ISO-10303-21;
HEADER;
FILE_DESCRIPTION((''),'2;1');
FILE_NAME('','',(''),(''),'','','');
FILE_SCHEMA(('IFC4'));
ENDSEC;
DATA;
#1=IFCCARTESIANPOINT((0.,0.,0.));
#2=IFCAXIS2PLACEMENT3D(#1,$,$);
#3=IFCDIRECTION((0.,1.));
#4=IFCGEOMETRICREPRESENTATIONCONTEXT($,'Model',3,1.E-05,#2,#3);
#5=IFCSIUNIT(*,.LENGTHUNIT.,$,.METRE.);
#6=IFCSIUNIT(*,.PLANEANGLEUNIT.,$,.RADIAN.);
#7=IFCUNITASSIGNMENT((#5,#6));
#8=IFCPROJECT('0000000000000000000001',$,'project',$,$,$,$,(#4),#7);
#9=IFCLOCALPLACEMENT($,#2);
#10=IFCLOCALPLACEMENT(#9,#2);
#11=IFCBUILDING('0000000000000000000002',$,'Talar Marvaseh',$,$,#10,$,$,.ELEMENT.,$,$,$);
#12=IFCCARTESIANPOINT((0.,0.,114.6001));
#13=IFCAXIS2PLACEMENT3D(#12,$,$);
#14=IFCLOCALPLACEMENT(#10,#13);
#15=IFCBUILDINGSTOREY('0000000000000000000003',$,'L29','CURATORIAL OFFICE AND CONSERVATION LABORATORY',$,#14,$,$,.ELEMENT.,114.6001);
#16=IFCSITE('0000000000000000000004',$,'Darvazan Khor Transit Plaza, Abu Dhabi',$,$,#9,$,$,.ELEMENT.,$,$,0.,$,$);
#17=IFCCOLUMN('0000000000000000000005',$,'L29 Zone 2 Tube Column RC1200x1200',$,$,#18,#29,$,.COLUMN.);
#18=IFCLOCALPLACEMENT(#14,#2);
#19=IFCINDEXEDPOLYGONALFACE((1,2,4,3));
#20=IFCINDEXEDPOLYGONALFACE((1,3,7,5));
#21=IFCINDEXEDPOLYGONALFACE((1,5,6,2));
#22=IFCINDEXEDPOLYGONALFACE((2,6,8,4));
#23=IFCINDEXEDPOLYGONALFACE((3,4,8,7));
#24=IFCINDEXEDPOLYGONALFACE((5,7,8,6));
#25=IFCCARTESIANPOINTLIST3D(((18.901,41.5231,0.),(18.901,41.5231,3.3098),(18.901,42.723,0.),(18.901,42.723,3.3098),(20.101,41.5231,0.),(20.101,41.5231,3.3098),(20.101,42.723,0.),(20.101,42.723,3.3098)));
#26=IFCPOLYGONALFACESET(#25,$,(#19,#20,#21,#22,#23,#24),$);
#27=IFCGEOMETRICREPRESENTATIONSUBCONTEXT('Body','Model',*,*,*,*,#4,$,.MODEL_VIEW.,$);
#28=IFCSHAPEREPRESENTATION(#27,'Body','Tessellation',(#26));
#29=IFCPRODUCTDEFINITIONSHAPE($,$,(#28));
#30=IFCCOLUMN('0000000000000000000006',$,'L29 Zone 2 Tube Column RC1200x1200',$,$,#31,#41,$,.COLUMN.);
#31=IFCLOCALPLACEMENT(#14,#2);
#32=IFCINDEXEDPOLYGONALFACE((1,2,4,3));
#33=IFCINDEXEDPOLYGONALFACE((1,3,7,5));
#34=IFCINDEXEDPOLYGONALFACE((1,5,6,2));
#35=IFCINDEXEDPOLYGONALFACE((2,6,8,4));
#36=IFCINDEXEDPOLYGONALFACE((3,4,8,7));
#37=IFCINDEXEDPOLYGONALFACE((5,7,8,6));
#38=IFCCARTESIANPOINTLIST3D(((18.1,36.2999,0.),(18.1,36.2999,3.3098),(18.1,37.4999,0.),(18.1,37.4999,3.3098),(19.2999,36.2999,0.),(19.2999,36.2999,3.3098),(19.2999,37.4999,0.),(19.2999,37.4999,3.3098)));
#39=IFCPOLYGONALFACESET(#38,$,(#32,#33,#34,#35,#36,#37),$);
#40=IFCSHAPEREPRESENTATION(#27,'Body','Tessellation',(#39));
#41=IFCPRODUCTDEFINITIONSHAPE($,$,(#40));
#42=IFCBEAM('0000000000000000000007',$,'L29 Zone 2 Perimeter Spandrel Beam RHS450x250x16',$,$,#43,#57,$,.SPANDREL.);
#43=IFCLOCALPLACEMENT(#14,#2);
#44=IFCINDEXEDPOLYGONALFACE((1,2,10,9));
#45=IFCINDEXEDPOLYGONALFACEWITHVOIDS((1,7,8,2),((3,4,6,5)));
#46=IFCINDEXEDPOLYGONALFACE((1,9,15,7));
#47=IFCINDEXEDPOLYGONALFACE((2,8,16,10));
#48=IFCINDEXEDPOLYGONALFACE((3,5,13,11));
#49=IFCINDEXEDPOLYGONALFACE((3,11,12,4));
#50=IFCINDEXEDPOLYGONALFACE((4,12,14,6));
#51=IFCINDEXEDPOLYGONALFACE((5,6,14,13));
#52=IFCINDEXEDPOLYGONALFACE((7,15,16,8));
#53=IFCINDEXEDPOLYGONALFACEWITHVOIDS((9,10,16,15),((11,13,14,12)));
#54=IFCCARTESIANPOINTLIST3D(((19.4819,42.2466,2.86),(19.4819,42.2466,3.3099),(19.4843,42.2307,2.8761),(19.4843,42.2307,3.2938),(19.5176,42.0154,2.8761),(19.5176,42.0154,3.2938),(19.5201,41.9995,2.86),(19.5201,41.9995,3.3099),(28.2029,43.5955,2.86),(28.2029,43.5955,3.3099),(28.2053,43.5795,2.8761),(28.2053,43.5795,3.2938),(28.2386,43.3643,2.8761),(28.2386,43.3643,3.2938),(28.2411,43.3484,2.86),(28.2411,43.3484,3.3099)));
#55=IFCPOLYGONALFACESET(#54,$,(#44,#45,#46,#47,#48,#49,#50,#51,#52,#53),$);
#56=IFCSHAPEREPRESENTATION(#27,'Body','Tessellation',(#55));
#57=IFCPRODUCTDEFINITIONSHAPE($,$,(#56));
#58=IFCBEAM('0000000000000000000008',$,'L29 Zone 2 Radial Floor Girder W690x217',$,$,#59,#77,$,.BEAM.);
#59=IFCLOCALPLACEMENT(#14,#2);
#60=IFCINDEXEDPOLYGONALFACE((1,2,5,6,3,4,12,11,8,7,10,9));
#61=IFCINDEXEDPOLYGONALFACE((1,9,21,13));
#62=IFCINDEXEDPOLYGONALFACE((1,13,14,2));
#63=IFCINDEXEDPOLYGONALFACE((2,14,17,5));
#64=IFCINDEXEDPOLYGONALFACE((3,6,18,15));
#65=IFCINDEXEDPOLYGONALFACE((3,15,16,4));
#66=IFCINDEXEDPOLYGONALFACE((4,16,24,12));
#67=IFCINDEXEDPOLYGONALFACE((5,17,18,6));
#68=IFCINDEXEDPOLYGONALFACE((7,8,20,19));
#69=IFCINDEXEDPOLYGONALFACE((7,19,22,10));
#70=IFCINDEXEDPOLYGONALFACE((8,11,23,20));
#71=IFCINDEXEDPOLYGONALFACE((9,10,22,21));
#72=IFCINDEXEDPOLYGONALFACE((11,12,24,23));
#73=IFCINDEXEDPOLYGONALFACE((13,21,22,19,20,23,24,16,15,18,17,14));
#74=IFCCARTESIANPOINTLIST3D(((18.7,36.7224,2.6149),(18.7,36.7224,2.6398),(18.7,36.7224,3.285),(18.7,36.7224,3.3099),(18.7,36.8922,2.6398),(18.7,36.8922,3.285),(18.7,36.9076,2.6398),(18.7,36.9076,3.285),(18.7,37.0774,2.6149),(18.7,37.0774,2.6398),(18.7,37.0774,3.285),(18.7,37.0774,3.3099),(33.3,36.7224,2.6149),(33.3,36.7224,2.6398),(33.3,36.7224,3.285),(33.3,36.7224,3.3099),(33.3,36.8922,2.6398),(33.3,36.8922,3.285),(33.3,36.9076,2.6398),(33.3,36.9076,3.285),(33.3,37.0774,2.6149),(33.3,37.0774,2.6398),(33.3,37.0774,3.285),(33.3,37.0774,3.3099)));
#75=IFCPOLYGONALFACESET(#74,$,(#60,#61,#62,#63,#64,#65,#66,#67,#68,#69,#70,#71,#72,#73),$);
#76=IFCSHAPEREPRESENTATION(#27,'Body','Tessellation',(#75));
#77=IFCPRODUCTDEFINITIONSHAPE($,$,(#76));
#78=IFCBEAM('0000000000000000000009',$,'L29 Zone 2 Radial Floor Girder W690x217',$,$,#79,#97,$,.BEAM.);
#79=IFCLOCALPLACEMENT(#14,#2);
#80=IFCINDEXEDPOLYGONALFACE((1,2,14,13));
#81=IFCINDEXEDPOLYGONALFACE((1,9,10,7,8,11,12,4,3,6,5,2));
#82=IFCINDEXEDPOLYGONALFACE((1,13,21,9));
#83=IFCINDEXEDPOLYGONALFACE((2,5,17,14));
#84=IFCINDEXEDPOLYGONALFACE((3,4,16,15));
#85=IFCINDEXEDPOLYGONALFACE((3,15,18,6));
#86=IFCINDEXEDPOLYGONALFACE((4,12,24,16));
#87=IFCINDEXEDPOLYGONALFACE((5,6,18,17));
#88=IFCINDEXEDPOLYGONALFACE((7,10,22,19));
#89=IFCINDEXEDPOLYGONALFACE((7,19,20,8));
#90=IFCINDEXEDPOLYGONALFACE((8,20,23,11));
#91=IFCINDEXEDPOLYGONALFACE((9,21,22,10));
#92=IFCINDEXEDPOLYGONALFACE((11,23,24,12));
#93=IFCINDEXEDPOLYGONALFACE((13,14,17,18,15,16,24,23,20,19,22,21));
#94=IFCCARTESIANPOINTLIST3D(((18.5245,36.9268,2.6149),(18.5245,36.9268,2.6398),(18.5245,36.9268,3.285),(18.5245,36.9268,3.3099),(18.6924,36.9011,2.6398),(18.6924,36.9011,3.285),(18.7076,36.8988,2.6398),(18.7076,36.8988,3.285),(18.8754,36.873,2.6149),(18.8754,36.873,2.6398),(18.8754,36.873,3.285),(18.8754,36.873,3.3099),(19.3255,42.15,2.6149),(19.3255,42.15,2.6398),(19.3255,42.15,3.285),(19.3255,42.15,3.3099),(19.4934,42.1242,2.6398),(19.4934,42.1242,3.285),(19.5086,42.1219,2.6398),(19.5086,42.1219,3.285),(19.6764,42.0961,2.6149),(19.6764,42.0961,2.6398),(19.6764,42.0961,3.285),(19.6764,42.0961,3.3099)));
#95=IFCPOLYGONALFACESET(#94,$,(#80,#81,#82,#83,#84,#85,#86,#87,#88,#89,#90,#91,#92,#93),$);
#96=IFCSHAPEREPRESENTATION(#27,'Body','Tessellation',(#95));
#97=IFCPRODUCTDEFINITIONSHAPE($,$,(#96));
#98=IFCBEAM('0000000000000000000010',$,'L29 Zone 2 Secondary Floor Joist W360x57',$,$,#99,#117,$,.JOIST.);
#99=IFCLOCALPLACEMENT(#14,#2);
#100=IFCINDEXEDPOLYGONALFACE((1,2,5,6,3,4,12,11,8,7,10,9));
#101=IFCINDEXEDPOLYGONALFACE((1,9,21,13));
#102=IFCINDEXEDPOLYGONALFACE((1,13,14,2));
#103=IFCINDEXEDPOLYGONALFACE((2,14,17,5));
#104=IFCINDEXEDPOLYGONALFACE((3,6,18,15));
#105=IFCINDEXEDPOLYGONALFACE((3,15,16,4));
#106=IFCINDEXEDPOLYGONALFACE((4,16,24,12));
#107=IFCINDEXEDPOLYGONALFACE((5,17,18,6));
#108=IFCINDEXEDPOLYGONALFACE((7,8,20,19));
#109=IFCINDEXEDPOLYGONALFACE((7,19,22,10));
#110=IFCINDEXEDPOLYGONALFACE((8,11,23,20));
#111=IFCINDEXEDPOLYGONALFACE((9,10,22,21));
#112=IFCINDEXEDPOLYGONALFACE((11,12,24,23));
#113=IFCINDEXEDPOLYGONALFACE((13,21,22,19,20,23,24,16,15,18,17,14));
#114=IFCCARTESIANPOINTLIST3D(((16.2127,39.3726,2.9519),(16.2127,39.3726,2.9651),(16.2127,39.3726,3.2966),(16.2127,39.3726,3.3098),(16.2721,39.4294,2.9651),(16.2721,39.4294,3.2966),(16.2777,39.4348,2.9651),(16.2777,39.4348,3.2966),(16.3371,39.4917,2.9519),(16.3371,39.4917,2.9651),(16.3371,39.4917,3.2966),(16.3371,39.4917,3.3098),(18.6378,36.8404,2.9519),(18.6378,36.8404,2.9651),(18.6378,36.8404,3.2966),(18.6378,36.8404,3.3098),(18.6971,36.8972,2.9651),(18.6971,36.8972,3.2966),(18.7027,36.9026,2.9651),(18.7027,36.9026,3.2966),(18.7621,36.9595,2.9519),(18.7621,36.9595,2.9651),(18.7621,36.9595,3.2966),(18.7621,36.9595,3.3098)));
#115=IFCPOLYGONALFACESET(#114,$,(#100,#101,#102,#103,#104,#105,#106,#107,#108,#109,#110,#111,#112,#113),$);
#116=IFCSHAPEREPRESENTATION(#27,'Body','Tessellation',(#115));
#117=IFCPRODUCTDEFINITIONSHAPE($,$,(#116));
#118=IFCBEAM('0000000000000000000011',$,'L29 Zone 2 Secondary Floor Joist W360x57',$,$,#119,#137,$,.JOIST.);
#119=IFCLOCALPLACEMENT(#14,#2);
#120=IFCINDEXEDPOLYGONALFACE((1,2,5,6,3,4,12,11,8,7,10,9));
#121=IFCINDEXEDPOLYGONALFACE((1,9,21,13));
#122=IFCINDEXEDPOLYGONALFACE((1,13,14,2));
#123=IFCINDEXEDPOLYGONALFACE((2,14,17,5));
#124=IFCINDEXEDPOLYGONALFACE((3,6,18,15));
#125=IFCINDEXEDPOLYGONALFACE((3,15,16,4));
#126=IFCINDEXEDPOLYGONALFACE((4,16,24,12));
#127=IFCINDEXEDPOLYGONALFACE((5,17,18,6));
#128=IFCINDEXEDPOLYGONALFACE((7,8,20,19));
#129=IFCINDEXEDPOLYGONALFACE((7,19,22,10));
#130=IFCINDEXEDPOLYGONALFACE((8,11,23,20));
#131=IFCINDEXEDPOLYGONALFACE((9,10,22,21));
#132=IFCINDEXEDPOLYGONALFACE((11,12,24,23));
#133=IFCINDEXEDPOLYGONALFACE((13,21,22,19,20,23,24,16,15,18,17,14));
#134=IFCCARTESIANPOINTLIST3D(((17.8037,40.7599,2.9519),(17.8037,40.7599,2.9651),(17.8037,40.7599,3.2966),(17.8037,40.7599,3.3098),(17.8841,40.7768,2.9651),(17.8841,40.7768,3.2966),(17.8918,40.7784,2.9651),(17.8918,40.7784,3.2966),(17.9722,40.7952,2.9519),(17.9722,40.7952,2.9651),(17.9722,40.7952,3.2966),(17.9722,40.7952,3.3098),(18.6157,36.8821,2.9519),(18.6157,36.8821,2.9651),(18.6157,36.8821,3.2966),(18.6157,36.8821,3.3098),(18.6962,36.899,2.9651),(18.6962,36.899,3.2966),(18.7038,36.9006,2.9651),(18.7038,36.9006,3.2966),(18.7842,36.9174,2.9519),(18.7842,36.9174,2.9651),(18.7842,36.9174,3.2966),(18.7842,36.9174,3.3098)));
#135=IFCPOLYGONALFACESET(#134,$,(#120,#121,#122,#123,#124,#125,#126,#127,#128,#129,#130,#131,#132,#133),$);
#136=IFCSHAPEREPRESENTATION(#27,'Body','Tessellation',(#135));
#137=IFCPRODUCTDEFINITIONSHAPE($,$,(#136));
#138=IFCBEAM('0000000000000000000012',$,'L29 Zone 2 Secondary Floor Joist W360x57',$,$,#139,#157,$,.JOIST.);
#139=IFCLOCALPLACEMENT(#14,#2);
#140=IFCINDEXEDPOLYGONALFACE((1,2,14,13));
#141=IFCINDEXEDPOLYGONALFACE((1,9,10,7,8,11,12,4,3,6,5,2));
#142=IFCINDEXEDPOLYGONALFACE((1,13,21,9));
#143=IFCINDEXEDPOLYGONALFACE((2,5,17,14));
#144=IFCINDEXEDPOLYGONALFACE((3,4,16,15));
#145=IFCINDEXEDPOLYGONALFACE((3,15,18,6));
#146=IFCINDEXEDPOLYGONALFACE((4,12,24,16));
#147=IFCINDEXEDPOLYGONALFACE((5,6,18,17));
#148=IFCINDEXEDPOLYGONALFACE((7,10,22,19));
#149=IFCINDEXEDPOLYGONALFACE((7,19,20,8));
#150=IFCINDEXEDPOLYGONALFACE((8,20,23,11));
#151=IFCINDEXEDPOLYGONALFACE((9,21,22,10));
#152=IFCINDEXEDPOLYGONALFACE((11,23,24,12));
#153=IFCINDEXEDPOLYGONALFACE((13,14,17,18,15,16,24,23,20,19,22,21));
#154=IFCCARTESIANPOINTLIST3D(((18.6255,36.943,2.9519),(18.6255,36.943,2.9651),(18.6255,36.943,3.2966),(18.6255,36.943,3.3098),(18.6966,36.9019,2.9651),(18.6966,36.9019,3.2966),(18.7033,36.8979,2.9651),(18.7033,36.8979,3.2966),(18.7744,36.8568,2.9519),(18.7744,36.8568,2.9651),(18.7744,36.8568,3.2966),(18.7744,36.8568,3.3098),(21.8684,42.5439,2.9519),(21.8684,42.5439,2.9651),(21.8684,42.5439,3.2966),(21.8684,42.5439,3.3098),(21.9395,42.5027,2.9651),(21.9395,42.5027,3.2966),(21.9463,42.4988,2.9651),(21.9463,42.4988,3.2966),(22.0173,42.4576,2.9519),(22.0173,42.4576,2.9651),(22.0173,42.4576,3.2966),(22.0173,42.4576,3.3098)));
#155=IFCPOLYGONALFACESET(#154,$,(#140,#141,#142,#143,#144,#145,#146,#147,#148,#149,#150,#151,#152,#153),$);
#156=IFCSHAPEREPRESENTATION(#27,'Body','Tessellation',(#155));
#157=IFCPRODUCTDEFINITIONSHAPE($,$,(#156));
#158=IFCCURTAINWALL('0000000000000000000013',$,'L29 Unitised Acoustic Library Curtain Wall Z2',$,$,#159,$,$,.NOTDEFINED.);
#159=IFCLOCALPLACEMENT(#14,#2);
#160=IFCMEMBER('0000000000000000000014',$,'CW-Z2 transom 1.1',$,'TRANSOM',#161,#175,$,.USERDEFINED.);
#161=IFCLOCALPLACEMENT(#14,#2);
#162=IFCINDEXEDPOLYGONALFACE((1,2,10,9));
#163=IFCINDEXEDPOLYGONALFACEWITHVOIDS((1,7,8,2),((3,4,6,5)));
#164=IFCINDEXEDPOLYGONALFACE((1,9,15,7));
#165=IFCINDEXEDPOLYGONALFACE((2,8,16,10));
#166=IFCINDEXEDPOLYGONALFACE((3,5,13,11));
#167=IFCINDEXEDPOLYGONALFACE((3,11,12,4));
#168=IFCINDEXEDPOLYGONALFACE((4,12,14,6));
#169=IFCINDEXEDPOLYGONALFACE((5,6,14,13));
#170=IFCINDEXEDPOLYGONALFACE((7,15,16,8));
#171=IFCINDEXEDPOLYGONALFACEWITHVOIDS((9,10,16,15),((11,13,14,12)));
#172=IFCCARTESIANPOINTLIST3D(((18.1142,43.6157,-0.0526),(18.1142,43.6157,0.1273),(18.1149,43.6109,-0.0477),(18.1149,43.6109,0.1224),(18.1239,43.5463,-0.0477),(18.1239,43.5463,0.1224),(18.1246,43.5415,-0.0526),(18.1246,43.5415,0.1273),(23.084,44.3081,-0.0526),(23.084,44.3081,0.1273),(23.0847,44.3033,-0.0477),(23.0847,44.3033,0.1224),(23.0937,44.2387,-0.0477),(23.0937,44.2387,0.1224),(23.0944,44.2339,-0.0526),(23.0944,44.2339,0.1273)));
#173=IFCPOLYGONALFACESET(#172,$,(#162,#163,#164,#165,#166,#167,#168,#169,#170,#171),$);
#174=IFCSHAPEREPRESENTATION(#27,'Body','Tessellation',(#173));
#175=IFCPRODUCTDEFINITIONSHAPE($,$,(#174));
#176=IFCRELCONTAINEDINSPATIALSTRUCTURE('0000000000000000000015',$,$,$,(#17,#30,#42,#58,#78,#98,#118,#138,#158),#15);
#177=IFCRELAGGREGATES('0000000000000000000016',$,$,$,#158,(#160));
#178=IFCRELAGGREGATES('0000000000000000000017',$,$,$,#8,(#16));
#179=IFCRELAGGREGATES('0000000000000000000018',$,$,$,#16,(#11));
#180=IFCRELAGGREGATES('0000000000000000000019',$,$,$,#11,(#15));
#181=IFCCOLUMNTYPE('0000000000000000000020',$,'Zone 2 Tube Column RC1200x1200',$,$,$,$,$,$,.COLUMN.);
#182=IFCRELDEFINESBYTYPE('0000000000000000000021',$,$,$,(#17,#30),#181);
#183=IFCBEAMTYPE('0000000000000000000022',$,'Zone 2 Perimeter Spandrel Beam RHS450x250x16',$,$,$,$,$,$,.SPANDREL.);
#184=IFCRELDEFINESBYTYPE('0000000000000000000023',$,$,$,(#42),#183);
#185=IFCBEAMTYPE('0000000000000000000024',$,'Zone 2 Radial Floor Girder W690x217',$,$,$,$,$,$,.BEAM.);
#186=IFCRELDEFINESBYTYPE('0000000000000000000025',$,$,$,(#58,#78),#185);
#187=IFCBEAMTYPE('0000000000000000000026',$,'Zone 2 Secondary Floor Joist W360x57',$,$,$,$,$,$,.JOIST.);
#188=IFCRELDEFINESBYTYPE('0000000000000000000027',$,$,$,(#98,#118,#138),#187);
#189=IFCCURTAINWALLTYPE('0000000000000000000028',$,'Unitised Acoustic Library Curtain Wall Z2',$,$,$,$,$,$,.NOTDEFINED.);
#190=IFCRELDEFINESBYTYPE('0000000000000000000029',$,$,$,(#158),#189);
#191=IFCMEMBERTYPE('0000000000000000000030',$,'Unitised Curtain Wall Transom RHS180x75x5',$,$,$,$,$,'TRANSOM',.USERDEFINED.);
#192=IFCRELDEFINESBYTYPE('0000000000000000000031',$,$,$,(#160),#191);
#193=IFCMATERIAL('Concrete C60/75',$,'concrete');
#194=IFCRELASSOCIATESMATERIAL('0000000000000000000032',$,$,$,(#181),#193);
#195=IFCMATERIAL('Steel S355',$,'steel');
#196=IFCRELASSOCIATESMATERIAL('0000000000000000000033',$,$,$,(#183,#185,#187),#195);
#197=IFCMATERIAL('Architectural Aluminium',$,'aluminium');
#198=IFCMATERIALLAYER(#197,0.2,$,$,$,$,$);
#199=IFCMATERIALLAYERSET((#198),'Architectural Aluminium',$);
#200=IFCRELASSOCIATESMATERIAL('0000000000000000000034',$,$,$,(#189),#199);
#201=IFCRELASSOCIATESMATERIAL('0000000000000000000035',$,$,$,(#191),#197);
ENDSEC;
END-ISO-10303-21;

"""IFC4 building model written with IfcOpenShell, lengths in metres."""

from ifc_helpers import new_model, si_unit, direction, frame, origin, origin_2d, place, context, subcontext, project, spatial, rectangle, hollow_rectangle, i_section, extrude, source, transform, mapped, material, layer, layer_set, material_profile, profile_set, type_object, type_shapes, element, aggregate, save


model = new_model("IFC4")

# Units and contexts
model_context = context("Model", 3, precision=1e-05, world=origin(), true_north=direction((0.0, 1.0)))
body_context = subcontext(model_context, "Body", "Model", "MODEL_VIEW")
ifc_project = project(units=[si_unit("LENGTHUNIT", "METRE"), si_unit("PLANEANGLEUNIT", "RADIAN")], contexts=[model_context])

# Site, building, storey
site_placement = place(None, origin())
site = spatial("IfcSite", under=ifc_project, at=site_placement, Name="Darvazan Khor Transit Plaza, Abu Dhabi", CompositionType="ELEMENT", RefElevation=0.0)
building_placement = place(site_placement, origin())
building = spatial("IfcBuilding", under=site, at=building_placement, Name="Talar Marvaseh", CompositionType="ELEMENT")
storey_placement = place(building_placement, frame((0.0, 0.0, 114.6001)))
storey = spatial("IfcBuildingStorey", under=building, at=storey_placement, Name="L29", Description="CURATORIAL OFFICE AND CONSERVATION LABORATORY", CompositionType="ELEMENT", Elevation=114.6001)

# Columns
ifc_material_1 = material(Name="Concrete C60/75", Category="concrete")
ifc_material_profile_1 = material_profile(ifc_material_1, rectangle(XDim=1.2, YDim=1.2, at=origin_2d()), Name="RC1200x1200")
ifc_profile_set_1 = profile_set([ifc_material_profile_1], Name="Concrete C60/75")
column_type = type_object("IfcColumnType", Name="Zone 2 Tube Column RC1200x1200", PredefinedType="COLUMN", material=ifc_profile_set_1)
for number, where, z_axis, x_axis, name in (
    (1, (19.501, 42.123, 0.0), (0.0, 0.0, 1.0), (1.0, 0.0, 0.0), "L29 Zone 2 Tube Column RC1200x1200"),
    (2, (18.7, 36.8999, 0.0), (0.0, 0.0, 1.0), (1.0, 0.0, 0.0), "L29 Zone 2 Tube Column RC1200x1200"),
):
    element("IfcColumn", number, at=place(storey_placement, frame(where, z_axis=z_axis, x_axis=x_axis)), inside=storey, type_object=column_type, Name=name, PredefinedType="COLUMN", context=body_context, shape_type="SweptSolid", body=[
        extrude(rectangle(XDim=1.2, YDim=1.2, at=origin_2d()), origin(), (0.0, 0.0, 1.0), 3.3098),
    ])

# Beams
ifc_material_2 = material(Name="Steel S355", Category="steel")
ifc_material_profile_2 = material_profile(ifc_material_2, hollow_rectangle(XDim=0.25, YDim=0.45, WallThickness=0.0161, at=origin_2d()), Name="RHS450x250x16")
ifc_profile_set_2 = profile_set([ifc_material_profile_2], Name="Steel S355")
beam_type_1 = type_object("IfcBeamType", Name="Zone 2 Perimeter Spandrel Beam RHS450x250x16", PredefinedType="SPANDREL", material=ifc_profile_set_2)
beam_1_placement = place(storey_placement, frame((19.501, 42.123, 3.085), z_axis=(0.988249, 0.152853, 0.0), x_axis=(-0.152853, 0.988249, 0.0)))
element("IfcBeam", 3, at=beam_1_placement, inside=storey, type_object=beam_type_1, Name="L29 Zone 2 Perimeter Spandrel Beam RHS450x250x16", PredefinedType="SPANDREL", context=body_context, shape_type="SweptSolid", body=[
    extrude(hollow_rectangle(XDim=0.25, YDim=0.45, WallThickness=0.0161, at=origin_2d()), origin(), (0.0, 0.0, 1.0), 8.8247),
])
ifc_material_profile_3 = material_profile(ifc_material_2, i_section(OverallWidth=0.355, OverallDepth=0.6951, WebThickness=0.0154, FlangeThickness=0.0249, at=origin_2d()), Name="W690x217")
ifc_profile_set_3 = profile_set([ifc_material_profile_3], Name="Steel S355")
beam_type_2 = type_object("IfcBeamType", Name="Zone 2 Radial Floor Girder W690x217", PredefinedType="BEAM", material=ifc_profile_set_3)
beam_2_placement = place(storey_placement, frame((18.7, 36.8999, 2.9624), z_axis=(1.0, 0.0, 0.0), x_axis=(0.0, 1.0, 0.0)))
element("IfcBeam", 4, at=beam_2_placement, inside=storey, type_object=beam_type_2, Name="L29 Zone 2 Radial Floor Girder W690x217", PredefinedType="BEAM", context=body_context, shape_type="SweptSolid", body=[
    extrude(i_section(OverallWidth=0.355, OverallDepth=0.6951, WebThickness=0.0154, FlangeThickness=0.0249, at=origin_2d()), origin(), (0.0, 0.0, 1.0), 14.6001),
])
beam_3_placement = place(storey_placement, frame((19.501, 42.123, 2.9624), z_axis=(-0.151588, -0.988444, 0.0), x_axis=(0.988444, -0.151588, 0.0)))
element("IfcBeam", 5, at=beam_3_placement, inside=storey, type_object=beam_type_2, Name="L29 Zone 2 Radial Floor Girder W690x217", PredefinedType="BEAM", context=body_context, shape_type="SweptSolid", body=[
    extrude(i_section(OverallWidth=0.355, OverallDepth=0.6951, WebThickness=0.0154, FlangeThickness=0.0249, at=origin_2d()), origin(), (0.0, 0.0, 1.0), 5.2842),
])
ifc_material_profile_4 = material_profile(ifc_material_2, i_section(OverallWidth=0.1721, OverallDepth=0.3579, WebThickness=0.0078, FlangeThickness=0.0132, at=origin_2d()), Name="W360x57")
ifc_profile_set_4 = profile_set([ifc_material_profile_4], Name="Steel S355")
beam_type_3 = type_object("IfcBeamType", Name="Zone 2 Secondary Floor Joist W360x57", PredefinedType="JOIST", material=ifc_profile_set_4)
beam_4_placement = place(storey_placement, frame((16.2749, 39.4321, 3.1309), z_axis=(0.691657, -0.722226, 0.0), x_axis=(0.722226, 0.691657, 0.0)))
element("IfcBeam", 6, at=beam_4_placement, inside=storey, type_object=beam_type_3, Name="L29 Zone 2 Secondary Floor Joist W360x57", PredefinedType="JOIST", context=body_context, shape_type="SweptSolid", body=[
    extrude(i_section(OverallWidth=0.1721, OverallDepth=0.3579, WebThickness=0.0078, FlangeThickness=0.0132, at=origin_2d()), origin(), (0.0, 0.0, 1.0), 3.5061),
])
beam_5_placement = place(storey_placement, frame((17.8879, 40.7776, 3.1309), z_axis=(0.204961, -0.97877, 0.0), x_axis=(0.97877, 0.204961, 0.0)))
element("IfcBeam", 7, at=beam_5_placement, inside=storey, type_object=beam_type_3, Name="L29 Zone 2 Secondary Floor Joist W360x57", PredefinedType="JOIST", context=body_context, shape_type="SweptSolid", body=[
    extrude(i_section(OverallWidth=0.1721, OverallDepth=0.3579, WebThickness=0.0078, FlangeThickness=0.0132, at=origin_2d()), origin(), (0.0, 0.0, 1.0), 3.9619),
])
beam_6_placement = place(storey_placement, frame((21.9429, 42.5007, 3.1309), z_axis=(-0.501075, -0.865404, 0.0), x_axis=(0.865404, -0.501075, 0.0)))
element("IfcBeam", 8, at=beam_6_placement, inside=storey, type_object=beam_type_3, Name="L29 Zone 2 Secondary Floor Joist W360x57", PredefinedType="JOIST", context=body_context, shape_type="SweptSolid", body=[
    extrude(i_section(OverallWidth=0.1721, OverallDepth=0.3579, WebThickness=0.0078, FlangeThickness=0.0132, at=origin_2d()), origin(), (0.0, 0.0, 1.0), 6.4719),
])

# Curtain wall, member
ifc_material_3 = material(Name="Architectural Aluminium", Category="aluminium")
ifc_layer_1 = layer(ifc_material_3, 0.2)
ifc_layer_set_1 = layer_set([ifc_layer_1], Name="Architectural Aluminium")
curtain_wall_type = type_object("IfcCurtainWallType", Name="Unitised Acoustic Library Curtain Wall Z2", PredefinedType="NOTDEFINED", material=ifc_layer_set_1)
curtain_wall_placement = place(storey_placement, origin())
curtain_wall = element("IfcCurtainWall", 9, at=curtain_wall_placement, inside=storey, type_object=curtain_wall_type, Name="L29 Unitised Acoustic Library Curtain Wall Z2", PredefinedType="NOTDEFINED")
ifc_material_profile_5 = material_profile(ifc_material_3, hollow_rectangle(XDim=0.075, YDim=0.1799, WallThickness=0.0049, at=origin_2d()), Name="RHS180x75x5")
ifc_profile_set_5 = profile_set([ifc_material_profile_5], Name="Architectural Aluminium")
member_type_1 = type_object("IfcMemberType", Name="Unitised Curtain Wall Transom RHS180x75x5", ElementType="TRANSOM", PredefinedType="USERDEFINED", material=ifc_profile_set_5)
shared_shape_1 = source(origin(), body_context, "Body", "SweptSolid", [
    extrude(hollow_rectangle(XDim=0.075, YDim=0.1799, WallThickness=0.0049, at=origin_2d()), origin(), (0.0, 0.0, 1.0), 5.0178),
])
type_shapes(member_type_1, [shared_shape_1])
member_1_placement = place(storey_placement, frame((18.1194, 43.5786, 0.0374), z_axis=(0.990434, 0.137987, 0.0), x_axis=(-0.137987, 0.990434, 0.0)))
member_1 = element("IfcMember", 10, at=member_1_placement, type_object=member_type_1, Name="CW-Z2 transom 1.1", ObjectType="TRANSOM", PredefinedType="USERDEFINED", context=body_context, shape_type="MappedRepresentation", body=[
    mapped(shared_shape_1, transform((0.0, 0.0, 0.0), x_axis=(1.0, 0.0, 0.0), y_axis=(0.0, 1.0, 0.0), z_axis=(0.0, 0.0, 1.0), scale=1.0)),
])
aggregate(curtain_wall, [member_1])

save(model, "model.ifc")
